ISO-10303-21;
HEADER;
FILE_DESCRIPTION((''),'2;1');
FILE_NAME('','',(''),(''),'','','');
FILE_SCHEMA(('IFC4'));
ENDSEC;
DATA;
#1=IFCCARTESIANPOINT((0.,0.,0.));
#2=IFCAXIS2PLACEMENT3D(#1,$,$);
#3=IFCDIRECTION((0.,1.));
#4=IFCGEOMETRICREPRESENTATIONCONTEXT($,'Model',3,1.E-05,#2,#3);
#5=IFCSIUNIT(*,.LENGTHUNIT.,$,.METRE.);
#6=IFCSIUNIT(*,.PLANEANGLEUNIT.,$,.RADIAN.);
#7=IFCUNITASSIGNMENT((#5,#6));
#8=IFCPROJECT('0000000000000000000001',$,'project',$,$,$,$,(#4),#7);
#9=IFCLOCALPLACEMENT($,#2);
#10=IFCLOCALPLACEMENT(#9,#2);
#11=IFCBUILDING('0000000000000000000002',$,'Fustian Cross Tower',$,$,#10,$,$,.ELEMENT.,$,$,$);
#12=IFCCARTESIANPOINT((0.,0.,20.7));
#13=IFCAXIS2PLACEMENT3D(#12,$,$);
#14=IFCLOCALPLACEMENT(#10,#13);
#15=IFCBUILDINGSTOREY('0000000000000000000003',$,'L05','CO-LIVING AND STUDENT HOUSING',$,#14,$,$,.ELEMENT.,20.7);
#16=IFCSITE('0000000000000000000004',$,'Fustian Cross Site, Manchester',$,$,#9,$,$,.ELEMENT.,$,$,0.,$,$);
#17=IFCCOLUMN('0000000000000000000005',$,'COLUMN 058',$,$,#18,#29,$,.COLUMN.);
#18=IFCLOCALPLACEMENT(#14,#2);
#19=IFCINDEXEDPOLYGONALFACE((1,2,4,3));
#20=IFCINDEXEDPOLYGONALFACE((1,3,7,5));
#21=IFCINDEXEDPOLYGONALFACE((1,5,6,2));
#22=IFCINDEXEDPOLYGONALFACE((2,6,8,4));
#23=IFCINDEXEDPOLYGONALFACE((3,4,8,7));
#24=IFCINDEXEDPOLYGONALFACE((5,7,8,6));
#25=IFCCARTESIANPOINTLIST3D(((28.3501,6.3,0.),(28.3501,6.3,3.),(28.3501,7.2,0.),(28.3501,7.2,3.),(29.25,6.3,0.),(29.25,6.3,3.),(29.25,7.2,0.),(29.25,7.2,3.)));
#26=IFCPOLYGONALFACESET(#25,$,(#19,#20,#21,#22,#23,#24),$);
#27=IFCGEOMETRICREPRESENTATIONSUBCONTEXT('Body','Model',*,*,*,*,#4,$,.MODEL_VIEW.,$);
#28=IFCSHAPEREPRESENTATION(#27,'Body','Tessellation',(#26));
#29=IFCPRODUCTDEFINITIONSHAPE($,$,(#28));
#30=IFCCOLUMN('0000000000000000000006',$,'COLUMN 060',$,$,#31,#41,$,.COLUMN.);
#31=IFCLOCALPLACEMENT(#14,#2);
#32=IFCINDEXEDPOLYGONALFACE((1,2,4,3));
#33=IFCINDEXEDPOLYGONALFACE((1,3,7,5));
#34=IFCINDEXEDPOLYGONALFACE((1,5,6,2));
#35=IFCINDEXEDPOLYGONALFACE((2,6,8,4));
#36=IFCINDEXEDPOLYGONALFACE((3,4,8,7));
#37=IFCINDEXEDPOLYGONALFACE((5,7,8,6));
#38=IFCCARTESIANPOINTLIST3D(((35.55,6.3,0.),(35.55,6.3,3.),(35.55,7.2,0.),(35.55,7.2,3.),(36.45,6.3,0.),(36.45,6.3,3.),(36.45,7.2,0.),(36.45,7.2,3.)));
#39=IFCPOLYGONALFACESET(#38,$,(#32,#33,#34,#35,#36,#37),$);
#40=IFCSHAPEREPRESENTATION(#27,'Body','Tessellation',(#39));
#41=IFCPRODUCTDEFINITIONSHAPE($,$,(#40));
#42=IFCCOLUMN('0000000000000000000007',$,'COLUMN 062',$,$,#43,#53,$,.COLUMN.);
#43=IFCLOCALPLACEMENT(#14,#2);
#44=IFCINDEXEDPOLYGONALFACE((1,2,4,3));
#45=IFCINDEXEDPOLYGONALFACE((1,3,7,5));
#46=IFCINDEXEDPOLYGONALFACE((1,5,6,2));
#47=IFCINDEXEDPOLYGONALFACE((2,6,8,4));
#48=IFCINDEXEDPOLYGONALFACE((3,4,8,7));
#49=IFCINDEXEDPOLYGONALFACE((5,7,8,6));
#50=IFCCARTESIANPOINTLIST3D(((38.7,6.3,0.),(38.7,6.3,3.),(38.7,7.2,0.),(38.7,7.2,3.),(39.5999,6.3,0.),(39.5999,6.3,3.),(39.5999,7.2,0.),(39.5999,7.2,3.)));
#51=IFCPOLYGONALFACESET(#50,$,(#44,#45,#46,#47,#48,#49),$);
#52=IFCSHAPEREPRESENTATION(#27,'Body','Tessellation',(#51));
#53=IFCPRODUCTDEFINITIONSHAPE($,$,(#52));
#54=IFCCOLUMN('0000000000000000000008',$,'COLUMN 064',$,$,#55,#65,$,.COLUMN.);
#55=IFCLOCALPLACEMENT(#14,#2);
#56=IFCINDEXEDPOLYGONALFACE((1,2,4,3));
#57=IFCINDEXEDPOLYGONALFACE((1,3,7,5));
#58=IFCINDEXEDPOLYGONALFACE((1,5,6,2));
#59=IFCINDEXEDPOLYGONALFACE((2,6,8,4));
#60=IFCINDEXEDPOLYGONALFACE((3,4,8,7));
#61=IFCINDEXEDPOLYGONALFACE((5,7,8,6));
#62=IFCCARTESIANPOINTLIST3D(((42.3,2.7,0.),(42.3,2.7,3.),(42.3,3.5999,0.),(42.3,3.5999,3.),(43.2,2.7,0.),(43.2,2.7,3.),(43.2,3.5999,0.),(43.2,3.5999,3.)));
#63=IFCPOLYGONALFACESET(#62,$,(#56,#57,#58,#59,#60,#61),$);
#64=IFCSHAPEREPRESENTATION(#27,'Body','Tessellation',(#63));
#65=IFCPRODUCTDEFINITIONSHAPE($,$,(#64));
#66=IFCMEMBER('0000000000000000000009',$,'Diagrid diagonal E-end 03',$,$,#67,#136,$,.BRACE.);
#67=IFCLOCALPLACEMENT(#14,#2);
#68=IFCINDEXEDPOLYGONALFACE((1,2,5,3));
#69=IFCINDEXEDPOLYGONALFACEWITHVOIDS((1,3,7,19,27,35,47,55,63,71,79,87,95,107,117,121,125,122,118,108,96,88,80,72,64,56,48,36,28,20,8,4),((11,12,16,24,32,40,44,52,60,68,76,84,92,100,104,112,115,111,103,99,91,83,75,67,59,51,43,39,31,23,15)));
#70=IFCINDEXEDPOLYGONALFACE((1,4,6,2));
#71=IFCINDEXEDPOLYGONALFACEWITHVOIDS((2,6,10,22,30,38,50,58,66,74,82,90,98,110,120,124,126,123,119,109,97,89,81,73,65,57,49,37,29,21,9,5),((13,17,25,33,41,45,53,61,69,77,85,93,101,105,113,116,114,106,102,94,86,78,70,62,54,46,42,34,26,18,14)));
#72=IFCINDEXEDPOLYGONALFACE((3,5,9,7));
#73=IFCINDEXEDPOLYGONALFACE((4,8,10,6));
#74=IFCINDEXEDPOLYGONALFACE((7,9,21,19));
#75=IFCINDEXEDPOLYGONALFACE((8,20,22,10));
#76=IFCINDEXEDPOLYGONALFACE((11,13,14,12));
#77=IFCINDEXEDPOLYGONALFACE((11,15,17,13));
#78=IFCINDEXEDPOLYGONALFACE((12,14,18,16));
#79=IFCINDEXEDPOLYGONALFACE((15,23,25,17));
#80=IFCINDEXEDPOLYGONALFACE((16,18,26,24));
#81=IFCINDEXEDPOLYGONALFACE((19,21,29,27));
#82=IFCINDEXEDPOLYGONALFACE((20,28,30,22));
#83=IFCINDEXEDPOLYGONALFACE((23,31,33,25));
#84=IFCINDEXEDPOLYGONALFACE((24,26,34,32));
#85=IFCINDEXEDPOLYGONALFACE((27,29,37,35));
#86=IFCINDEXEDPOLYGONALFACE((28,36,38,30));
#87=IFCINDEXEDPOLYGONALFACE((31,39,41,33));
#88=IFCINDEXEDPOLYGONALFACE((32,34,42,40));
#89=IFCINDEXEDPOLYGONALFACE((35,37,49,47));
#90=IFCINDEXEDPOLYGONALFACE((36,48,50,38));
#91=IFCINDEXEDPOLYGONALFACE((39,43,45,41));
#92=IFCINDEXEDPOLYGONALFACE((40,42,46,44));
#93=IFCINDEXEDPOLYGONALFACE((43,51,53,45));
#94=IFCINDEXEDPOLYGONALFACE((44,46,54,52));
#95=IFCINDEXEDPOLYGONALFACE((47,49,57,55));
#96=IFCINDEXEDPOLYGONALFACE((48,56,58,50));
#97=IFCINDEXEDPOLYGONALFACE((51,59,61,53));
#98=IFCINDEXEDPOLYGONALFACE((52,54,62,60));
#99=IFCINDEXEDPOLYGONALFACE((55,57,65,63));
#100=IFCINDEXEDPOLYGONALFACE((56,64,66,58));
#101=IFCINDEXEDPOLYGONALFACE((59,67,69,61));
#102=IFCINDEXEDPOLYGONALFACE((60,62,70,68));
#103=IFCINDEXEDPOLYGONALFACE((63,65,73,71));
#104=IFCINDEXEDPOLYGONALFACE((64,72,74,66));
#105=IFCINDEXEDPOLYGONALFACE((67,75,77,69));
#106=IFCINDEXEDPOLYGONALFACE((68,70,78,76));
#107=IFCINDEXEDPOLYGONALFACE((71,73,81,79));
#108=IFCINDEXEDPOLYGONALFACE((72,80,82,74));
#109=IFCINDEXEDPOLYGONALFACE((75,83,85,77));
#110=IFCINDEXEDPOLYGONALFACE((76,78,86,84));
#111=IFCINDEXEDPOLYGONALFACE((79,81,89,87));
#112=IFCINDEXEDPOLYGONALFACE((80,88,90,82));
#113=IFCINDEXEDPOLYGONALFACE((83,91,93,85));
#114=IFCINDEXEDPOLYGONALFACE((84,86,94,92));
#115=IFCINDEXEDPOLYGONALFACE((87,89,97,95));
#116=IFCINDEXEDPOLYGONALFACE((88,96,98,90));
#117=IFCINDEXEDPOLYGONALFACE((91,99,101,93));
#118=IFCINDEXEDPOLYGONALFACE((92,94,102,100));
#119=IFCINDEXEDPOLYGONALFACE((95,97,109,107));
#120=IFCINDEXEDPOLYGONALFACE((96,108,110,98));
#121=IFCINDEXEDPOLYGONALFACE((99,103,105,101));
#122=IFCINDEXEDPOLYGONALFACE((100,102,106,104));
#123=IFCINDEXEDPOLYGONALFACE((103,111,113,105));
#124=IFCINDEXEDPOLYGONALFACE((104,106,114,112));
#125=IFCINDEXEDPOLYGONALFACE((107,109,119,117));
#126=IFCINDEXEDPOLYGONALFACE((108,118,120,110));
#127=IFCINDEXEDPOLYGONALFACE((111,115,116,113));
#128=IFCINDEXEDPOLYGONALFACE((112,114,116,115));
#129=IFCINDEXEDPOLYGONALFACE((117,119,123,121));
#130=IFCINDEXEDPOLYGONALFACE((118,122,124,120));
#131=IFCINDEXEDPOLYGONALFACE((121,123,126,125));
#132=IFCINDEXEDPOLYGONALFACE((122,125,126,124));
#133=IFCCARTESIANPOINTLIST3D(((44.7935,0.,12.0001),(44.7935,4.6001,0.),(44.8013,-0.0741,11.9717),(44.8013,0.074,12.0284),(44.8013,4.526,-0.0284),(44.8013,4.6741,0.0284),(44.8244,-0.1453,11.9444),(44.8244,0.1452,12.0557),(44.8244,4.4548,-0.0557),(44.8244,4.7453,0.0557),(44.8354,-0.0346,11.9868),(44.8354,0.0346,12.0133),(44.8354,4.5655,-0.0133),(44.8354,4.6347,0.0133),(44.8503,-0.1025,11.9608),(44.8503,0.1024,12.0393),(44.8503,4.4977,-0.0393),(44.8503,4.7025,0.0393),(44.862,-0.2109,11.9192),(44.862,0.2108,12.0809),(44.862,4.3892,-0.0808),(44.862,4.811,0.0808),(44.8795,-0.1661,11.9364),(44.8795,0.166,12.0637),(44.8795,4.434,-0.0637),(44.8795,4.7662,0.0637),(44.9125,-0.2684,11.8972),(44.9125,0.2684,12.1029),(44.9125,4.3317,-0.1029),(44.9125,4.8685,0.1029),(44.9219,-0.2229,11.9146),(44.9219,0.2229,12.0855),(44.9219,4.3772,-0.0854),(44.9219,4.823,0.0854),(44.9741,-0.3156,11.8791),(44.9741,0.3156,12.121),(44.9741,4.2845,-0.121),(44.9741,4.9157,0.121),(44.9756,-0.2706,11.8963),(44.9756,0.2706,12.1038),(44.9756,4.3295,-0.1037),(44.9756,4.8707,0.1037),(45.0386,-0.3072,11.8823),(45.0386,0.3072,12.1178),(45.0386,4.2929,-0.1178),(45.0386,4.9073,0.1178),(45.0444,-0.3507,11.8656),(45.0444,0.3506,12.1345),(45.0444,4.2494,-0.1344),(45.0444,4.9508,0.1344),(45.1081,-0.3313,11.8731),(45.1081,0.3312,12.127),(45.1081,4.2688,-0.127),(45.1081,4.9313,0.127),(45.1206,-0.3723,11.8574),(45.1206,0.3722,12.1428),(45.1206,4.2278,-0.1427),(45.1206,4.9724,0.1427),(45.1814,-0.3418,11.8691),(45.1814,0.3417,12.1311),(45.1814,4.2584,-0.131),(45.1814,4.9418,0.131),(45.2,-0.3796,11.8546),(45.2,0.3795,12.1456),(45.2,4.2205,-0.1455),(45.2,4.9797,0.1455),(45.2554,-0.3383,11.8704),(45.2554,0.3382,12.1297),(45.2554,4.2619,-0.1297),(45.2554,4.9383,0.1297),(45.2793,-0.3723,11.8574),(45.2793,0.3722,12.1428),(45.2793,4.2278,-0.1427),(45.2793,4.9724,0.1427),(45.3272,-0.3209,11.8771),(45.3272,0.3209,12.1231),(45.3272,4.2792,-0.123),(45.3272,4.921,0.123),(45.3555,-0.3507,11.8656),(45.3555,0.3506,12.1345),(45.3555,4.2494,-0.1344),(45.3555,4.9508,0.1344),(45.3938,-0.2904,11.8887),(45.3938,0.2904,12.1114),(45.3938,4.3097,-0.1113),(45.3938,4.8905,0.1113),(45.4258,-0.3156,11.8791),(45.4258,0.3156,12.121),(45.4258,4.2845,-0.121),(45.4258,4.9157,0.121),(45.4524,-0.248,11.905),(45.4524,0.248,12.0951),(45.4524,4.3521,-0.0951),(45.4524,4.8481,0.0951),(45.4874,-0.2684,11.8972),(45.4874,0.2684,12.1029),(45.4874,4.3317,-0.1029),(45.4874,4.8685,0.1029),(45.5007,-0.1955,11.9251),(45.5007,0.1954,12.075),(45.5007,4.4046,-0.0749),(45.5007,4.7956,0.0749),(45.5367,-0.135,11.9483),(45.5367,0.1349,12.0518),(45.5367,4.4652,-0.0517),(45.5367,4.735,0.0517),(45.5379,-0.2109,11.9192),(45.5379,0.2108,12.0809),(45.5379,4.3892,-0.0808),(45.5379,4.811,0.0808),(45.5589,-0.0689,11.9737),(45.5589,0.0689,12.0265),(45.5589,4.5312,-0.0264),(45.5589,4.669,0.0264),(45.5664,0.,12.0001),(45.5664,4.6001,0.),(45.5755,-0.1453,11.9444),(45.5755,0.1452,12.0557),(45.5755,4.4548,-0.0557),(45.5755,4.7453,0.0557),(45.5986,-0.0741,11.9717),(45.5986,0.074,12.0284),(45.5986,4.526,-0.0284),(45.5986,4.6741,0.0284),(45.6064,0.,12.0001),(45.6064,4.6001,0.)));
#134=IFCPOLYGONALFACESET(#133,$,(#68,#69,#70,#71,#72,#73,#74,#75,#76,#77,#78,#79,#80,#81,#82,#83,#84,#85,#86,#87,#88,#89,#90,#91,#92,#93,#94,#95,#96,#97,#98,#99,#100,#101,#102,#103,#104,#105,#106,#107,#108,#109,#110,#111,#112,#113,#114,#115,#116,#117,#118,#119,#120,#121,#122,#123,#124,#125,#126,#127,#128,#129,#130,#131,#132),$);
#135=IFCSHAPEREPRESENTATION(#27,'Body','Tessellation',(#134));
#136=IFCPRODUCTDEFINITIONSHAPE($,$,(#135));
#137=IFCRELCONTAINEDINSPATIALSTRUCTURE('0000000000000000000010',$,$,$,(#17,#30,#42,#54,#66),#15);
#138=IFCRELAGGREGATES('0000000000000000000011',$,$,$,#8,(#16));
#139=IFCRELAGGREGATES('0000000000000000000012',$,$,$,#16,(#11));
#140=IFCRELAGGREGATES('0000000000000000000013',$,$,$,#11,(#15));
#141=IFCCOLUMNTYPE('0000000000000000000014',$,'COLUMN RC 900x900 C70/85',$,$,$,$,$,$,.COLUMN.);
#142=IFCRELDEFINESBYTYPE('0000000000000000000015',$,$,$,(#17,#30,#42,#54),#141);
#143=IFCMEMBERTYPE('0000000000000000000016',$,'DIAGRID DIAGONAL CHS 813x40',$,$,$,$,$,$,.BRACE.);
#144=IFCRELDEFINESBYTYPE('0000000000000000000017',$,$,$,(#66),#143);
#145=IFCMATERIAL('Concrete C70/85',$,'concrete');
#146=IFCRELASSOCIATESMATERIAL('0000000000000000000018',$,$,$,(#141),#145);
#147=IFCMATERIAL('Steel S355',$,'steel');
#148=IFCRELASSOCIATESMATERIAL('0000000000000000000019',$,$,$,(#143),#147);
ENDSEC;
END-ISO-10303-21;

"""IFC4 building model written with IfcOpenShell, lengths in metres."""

from ifc_helpers import new_model, si_unit, direction, frame, origin, origin_2d, place, context, subcontext, project, spatial, rectangle, hollow_circle, extrude, material, material_profile, profile_set, type_object, element, save


model = new_model("IFC4")

# Units and contexts
model_context = context("Model", 3, precision=1e-05, world=origin(), true_north=direction((0.0, 1.0)))
body_context = subcontext(model_context, "Body", "Model", "MODEL_VIEW")
ifc_project = project(units=[si_unit("LENGTHUNIT", "METRE"), si_unit("PLANEANGLEUNIT", "RADIAN")], contexts=[model_context])

# Site, building, storey
site_placement = place(None, origin())
site = spatial("IfcSite", under=ifc_project, at=site_placement, Name="Fustian Cross Site, Manchester", CompositionType="ELEMENT", RefElevation=0.0)
building_placement = place(site_placement, origin())
building = spatial("IfcBuilding", under=site, at=building_placement, Name="Fustian Cross Tower", CompositionType="ELEMENT")
storey_placement = place(building_placement, frame((0.0, 0.0, 20.7)))
storey = spatial("IfcBuildingStorey", under=building, at=storey_placement, Name="L05", Description="CO-LIVING AND STUDENT HOUSING", CompositionType="ELEMENT", Elevation=20.7)

# Columns
ifc_material_1 = material(Name="Concrete C70/85", Category="concrete")
ifc_material_profile_1 = material_profile(ifc_material_1, rectangle(XDim=0.8999, YDim=0.8999, at=origin_2d()), Name="RC 900x900")
ifc_profile_set_1 = profile_set([ifc_material_profile_1], Name="Concrete C70/85")
column_type = type_object("IfcColumnType", Name="COLUMN RC 900x900 C70/85", PredefinedType="COLUMN", material=ifc_profile_set_1)
for number, where, z_axis, x_axis, name in (
    (1, (28.8, 6.75, 0.0), (0.0, 0.0, 1.0), (1.0, 0.0, 0.0), "COLUMN 058"),
    (2, (36.0, 6.75, 0.0), (0.0, 0.0, 1.0), (1.0, 0.0, 0.0), "COLUMN 060"),
    (3, (39.1499, 6.75, 0.0), (0.0, 0.0, 1.0), (1.0, 0.0, 0.0), "COLUMN 062"),
    (4, (42.75, 3.1499, 0.0), (0.0, 0.0, 1.0), (1.0, 0.0, 0.0), "COLUMN 064"),
):
    element("IfcColumn", number, at=place(storey_placement, frame(where, z_axis=z_axis, x_axis=x_axis)), inside=storey, type_object=column_type, Name=name, PredefinedType="COLUMN", context=body_context, shape_type="SweptSolid", body=[
        extrude(rectangle(XDim=0.8999, YDim=0.8999, at=origin_2d()), origin(), (0.0, 0.0, 1.0), 3.0),
    ])

# Member
ifc_material_2 = material(Name="Steel S355", Category="steel")
ifc_material_profile_2 = material_profile(ifc_material_2, hollow_circle(Radius=0.4065, WallThickness=0.04, at=origin_2d()), Name="CHS 813x40")
ifc_profile_set_2 = profile_set([ifc_material_profile_2], Name="Steel S355")
member_type_1 = type_object("IfcMemberType", Name="DIAGRID DIAGONAL CHS 813x40", PredefinedType="BRACE", material=ifc_profile_set_2)
member_1_placement = place(storey_placement, frame((45.2, 4.6001, 0.0), z_axis=(0.0, -0.357943, 0.933744), x_axis=(1.0, 0.0, 0.0)))
element("IfcMember", 5, at=member_1_placement, inside=storey, type_object=member_type_1, Name="Diagrid diagonal E-end 03", PredefinedType="BRACE", context=body_context, shape_type="SweptSolid", body=[
    extrude(hollow_circle(Radius=0.4065, WallThickness=0.04, at=origin_2d()), origin(), (0.0, 0.0, 1.0), 12.8516),
])

save(model, "model.ifc")
